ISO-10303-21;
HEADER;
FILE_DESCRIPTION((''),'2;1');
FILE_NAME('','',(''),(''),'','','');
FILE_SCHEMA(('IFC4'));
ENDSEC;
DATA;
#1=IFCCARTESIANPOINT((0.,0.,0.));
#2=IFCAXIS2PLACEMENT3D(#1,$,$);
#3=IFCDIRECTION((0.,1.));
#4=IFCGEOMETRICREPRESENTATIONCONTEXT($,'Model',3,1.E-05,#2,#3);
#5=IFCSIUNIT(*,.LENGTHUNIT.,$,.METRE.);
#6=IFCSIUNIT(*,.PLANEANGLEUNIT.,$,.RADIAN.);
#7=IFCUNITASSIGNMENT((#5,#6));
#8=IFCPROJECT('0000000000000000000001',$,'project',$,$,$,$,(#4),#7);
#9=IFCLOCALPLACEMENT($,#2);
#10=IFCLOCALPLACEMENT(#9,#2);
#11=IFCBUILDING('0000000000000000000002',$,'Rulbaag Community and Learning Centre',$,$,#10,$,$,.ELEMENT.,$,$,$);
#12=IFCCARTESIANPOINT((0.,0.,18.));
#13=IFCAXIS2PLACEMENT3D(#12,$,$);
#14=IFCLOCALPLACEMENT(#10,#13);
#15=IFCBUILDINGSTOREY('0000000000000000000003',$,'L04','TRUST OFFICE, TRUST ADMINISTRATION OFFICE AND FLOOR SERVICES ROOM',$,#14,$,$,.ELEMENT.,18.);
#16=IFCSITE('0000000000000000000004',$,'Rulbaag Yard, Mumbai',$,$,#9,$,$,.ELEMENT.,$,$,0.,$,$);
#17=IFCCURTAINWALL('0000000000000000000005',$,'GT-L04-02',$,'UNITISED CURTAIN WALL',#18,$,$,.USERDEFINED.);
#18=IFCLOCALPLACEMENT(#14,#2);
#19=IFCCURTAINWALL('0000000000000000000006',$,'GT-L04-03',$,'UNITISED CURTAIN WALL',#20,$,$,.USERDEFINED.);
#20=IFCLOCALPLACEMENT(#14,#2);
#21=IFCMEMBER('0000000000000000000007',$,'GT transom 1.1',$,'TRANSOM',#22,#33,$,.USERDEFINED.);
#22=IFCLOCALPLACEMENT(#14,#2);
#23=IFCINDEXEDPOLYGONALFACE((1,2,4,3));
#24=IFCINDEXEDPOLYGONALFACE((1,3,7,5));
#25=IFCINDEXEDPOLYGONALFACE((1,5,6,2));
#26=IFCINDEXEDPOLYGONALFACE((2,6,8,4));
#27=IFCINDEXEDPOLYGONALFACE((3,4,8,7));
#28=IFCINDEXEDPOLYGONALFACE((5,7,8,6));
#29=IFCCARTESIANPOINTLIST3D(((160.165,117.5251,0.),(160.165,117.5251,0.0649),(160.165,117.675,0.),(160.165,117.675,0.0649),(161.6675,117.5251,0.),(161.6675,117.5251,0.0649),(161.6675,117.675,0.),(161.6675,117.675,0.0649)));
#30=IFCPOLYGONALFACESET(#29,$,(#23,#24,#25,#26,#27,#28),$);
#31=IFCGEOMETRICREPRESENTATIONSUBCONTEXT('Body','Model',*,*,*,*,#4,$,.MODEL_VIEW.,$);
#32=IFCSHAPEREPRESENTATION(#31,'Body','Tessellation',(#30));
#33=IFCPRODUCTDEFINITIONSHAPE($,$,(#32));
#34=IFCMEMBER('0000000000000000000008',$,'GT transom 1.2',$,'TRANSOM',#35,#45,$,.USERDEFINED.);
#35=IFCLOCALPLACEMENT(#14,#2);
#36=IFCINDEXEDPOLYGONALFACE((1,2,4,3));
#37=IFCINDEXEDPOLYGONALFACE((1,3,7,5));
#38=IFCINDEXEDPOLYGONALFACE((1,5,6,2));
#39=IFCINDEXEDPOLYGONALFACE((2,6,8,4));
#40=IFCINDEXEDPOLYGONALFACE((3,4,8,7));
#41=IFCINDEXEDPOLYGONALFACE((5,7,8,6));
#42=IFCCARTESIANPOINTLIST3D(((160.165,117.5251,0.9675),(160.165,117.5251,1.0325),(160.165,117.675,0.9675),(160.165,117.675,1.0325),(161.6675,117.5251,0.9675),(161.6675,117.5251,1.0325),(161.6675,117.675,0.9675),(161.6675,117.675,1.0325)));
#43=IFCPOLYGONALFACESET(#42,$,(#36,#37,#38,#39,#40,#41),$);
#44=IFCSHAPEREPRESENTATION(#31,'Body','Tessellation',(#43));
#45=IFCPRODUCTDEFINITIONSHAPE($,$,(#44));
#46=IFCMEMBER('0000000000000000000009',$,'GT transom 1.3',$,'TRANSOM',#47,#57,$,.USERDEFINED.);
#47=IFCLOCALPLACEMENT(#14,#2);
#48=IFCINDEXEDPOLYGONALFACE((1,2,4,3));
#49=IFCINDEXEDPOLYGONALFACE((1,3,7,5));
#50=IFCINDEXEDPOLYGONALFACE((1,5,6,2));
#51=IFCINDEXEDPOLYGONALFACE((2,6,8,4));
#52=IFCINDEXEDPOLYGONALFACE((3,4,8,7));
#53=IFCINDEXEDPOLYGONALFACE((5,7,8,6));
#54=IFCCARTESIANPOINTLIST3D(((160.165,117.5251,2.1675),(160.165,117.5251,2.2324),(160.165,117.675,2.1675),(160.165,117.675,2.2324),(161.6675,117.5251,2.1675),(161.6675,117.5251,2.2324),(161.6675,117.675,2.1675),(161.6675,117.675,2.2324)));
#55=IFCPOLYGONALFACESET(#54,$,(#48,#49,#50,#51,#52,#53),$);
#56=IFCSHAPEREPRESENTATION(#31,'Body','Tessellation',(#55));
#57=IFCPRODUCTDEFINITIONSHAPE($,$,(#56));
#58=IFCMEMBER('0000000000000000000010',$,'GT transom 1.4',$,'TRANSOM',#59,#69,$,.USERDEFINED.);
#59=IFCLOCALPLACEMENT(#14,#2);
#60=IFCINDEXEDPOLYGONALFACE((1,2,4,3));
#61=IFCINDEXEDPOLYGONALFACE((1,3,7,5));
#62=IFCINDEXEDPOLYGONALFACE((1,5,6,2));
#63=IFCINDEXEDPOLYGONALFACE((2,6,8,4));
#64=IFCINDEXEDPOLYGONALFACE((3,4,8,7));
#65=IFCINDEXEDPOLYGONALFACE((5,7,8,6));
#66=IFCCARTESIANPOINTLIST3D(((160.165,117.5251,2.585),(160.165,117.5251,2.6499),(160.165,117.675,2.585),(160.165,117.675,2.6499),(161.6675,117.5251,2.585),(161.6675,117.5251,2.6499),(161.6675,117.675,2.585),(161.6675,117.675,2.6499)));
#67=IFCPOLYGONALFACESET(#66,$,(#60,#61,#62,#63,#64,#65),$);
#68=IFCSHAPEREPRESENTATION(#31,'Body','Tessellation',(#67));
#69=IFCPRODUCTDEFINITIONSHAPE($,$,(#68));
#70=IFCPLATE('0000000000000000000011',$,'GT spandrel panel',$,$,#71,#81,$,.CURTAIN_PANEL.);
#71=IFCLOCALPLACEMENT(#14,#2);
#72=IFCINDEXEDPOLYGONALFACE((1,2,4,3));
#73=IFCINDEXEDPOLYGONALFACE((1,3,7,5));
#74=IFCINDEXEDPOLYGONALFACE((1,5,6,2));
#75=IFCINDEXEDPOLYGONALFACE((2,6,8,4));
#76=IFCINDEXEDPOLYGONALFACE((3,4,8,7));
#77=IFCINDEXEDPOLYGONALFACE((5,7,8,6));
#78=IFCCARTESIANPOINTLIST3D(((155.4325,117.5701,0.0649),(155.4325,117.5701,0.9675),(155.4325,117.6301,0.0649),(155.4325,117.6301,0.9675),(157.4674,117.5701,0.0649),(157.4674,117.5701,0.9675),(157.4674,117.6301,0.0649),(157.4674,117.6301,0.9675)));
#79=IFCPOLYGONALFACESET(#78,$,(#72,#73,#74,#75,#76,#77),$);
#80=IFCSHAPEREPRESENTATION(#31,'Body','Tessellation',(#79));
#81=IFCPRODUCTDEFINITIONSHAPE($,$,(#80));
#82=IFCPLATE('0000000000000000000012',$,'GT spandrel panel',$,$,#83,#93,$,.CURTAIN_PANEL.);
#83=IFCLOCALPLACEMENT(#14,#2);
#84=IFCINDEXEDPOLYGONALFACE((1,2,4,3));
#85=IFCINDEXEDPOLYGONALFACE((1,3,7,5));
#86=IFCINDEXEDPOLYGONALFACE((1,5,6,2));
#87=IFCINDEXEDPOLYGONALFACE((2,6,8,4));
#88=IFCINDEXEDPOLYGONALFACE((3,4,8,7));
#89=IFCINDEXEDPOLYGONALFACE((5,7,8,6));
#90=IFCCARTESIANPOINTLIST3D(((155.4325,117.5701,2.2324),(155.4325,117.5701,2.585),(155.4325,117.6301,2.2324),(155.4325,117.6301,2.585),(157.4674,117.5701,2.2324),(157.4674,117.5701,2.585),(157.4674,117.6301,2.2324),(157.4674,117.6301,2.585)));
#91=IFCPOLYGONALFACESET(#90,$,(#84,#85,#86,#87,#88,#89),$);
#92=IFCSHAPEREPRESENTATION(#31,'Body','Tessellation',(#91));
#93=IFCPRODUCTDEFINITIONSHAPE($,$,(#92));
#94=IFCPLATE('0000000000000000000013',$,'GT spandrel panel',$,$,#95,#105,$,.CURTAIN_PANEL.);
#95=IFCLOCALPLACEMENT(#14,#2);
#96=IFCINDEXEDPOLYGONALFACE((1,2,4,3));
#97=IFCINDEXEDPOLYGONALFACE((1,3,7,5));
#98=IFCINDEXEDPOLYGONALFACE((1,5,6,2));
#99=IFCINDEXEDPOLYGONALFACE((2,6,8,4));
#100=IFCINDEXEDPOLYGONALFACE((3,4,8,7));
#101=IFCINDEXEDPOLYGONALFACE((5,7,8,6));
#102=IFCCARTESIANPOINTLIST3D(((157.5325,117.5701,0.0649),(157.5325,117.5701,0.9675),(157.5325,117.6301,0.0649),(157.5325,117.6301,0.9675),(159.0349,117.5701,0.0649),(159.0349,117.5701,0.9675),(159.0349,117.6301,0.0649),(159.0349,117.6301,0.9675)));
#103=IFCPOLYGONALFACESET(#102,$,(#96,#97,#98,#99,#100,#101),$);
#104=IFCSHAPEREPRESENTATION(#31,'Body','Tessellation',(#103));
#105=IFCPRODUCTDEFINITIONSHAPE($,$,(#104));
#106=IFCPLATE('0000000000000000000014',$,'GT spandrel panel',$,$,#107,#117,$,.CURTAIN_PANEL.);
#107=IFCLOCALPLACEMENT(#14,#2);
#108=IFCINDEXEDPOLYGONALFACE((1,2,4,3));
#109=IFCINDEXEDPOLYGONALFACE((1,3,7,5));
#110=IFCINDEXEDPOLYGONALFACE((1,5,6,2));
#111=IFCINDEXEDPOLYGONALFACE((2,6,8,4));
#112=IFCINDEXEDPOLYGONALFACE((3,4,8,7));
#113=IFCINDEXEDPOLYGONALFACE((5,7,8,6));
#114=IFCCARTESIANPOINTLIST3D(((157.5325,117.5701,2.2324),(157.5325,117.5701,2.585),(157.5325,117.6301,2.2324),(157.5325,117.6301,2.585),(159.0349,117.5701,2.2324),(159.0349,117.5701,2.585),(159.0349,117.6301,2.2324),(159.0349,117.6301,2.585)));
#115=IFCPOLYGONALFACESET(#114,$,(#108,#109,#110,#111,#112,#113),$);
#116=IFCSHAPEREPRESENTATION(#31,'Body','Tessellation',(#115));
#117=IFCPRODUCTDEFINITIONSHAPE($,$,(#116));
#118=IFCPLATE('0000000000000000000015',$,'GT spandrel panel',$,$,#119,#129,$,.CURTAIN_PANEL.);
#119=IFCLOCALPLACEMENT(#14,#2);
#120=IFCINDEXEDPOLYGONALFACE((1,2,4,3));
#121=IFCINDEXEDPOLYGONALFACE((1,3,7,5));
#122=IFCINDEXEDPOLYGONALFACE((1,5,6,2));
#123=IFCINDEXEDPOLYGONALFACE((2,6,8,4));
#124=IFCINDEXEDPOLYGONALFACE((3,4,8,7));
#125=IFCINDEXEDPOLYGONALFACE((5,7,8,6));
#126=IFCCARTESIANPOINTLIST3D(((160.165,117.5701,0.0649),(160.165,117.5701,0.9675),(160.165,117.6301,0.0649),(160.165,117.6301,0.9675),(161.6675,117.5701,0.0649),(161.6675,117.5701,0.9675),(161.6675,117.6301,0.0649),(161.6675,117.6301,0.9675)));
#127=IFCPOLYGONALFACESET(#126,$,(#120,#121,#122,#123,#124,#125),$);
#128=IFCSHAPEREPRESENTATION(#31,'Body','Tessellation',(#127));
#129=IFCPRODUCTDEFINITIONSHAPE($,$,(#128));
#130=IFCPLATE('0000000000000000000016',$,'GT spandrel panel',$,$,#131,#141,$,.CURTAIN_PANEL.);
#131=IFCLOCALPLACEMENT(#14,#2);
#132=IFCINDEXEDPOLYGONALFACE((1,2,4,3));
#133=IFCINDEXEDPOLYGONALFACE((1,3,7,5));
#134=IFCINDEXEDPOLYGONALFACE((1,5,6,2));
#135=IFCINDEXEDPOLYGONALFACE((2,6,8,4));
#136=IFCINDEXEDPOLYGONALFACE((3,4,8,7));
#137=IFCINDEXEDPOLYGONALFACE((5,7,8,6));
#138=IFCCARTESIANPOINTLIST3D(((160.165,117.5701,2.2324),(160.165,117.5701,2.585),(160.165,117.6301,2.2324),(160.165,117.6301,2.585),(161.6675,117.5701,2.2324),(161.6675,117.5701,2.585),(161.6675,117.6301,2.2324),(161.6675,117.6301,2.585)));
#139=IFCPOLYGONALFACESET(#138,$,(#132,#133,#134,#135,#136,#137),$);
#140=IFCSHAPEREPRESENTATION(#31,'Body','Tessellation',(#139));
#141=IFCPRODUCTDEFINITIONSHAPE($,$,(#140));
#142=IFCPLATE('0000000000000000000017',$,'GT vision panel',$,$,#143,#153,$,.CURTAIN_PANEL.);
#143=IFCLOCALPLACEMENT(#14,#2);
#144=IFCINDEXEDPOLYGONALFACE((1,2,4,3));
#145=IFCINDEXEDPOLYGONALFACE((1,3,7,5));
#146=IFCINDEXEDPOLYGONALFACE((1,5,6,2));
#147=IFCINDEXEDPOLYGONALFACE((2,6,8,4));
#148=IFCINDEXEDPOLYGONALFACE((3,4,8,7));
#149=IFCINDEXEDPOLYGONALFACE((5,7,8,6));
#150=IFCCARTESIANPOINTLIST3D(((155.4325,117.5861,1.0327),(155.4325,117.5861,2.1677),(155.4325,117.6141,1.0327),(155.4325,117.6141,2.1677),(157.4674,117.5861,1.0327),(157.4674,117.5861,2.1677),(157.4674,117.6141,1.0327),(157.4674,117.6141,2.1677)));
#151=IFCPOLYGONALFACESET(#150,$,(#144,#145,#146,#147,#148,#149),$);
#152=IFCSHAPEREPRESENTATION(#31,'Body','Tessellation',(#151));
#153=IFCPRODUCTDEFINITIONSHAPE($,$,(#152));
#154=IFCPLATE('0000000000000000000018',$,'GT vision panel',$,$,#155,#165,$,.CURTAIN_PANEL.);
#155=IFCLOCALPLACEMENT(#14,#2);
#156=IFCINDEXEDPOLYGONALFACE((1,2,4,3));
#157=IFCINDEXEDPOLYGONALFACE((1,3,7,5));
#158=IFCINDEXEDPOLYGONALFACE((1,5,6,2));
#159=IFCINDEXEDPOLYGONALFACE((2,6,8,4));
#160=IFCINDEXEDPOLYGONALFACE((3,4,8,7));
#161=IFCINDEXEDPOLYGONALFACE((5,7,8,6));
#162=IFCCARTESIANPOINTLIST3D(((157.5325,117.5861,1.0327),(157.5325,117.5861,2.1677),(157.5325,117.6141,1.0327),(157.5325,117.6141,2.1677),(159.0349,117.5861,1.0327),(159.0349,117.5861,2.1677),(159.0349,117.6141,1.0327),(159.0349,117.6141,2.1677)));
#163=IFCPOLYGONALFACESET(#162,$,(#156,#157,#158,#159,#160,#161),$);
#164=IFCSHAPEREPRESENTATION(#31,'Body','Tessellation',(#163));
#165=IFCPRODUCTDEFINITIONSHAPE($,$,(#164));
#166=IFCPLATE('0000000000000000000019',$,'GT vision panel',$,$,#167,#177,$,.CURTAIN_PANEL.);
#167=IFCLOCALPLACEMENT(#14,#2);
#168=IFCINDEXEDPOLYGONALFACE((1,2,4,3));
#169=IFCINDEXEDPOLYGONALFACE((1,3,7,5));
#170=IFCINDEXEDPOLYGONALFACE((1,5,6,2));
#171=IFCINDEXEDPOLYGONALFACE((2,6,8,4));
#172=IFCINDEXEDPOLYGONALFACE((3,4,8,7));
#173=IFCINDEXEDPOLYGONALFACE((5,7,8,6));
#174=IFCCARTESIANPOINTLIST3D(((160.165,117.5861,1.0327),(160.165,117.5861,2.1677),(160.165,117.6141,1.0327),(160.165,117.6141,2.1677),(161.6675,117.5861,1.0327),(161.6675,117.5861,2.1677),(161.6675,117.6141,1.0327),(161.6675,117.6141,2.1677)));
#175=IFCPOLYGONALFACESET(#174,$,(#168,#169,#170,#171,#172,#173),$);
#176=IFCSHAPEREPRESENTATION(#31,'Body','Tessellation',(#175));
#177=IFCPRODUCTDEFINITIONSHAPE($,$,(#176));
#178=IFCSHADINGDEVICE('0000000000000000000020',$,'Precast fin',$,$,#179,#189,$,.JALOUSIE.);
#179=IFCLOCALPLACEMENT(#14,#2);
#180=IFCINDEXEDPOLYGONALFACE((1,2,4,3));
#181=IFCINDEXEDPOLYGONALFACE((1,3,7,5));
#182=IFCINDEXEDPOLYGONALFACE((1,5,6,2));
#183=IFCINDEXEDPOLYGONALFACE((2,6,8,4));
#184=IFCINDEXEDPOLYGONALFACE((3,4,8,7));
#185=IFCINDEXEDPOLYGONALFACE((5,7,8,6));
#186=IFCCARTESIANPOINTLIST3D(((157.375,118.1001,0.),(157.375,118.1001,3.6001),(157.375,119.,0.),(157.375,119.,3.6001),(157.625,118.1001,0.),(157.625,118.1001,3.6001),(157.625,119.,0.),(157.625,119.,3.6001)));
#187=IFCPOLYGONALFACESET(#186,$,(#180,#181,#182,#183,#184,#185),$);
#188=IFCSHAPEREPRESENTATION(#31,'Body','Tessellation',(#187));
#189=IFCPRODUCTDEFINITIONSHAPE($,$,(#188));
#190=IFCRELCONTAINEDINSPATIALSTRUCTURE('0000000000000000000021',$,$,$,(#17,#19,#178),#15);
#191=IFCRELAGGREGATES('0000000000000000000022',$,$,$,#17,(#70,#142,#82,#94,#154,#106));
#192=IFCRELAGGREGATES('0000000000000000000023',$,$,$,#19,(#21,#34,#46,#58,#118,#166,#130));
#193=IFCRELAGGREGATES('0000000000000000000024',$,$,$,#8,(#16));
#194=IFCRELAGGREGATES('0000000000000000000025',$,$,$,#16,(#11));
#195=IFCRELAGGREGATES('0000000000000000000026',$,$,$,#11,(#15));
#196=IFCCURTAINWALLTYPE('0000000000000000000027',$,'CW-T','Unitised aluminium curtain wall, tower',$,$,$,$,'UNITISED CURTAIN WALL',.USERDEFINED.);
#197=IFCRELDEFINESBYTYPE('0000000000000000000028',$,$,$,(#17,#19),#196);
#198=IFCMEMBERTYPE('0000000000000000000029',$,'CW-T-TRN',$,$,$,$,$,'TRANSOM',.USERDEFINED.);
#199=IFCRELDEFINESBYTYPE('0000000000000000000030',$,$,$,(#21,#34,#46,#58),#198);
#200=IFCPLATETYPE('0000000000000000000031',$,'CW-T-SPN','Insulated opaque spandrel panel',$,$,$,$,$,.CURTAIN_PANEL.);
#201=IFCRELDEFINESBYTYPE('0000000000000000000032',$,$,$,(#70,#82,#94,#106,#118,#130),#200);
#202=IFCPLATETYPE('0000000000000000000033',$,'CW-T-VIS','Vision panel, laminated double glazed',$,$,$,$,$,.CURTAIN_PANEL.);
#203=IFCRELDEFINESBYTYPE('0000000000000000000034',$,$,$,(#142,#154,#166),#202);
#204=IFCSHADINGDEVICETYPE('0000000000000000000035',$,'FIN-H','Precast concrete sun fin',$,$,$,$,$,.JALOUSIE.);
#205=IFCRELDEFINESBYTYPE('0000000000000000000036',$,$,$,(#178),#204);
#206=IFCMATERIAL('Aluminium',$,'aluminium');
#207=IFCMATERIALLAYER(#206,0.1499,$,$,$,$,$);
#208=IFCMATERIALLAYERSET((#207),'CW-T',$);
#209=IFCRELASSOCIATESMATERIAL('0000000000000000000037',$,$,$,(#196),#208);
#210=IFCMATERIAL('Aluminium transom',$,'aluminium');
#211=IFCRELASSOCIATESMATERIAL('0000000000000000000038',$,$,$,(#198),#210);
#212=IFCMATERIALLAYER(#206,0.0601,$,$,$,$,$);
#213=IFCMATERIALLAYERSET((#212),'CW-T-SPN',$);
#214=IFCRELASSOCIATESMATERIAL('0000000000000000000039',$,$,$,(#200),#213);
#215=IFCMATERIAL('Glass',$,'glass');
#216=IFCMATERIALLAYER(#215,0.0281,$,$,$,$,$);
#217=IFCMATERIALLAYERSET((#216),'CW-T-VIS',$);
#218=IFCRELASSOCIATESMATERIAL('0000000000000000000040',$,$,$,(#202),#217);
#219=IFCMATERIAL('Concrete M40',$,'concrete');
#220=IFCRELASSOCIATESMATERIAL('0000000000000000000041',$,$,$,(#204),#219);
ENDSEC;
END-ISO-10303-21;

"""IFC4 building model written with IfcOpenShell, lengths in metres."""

from ifc_helpers import new_model, si_unit, direction, frame, origin, origin_2d, place, context, subcontext, project, spatial, rectangle, extrude, material, layer, layer_set, material_profile, profile_set, type_object, element, aggregate, save


model = new_model("IFC4")

# Units and contexts
model_context = context("Model", 3, precision=1e-05, world=origin(), true_north=direction((0.0, 1.0)))
body_context = subcontext(model_context, "Body", "Model", "MODEL_VIEW")
ifc_project = project(units=[si_unit("LENGTHUNIT", "METRE"), si_unit("PLANEANGLEUNIT", "RADIAN")], contexts=[model_context])

# Site, building, storey
site_placement = place(None, origin())
site = spatial("IfcSite", under=ifc_project, at=site_placement, Name="Rulbaag Yard, Mumbai", CompositionType="ELEMENT", RefElevation=0.0)
building_placement = place(site_placement, origin())
building = spatial("IfcBuilding", under=site, at=building_placement, Name="Rulbaag Community and Learning Centre", CompositionType="ELEMENT")
storey_placement = place(building_placement, frame((0.0, 0.0, 18.0)))
storey = spatial("IfcBuildingStorey", under=building, at=storey_placement, Name="L04", Description="TRUST OFFICE, TRUST ADMINISTRATION OFFICE AND FLOOR SERVICES ROOM", CompositionType="ELEMENT", Elevation=18.0)

# Shared definitions
ifc_material_1 = material(Name="Concrete M40", Category="concrete")

# Curtain walls
ifc_material_2 = material(Name="Aluminium", Category="aluminium")
ifc_layer_1 = layer(ifc_material_2, 0.1499)
ifc_layer_set_1 = layer_set([ifc_layer_1], Name="CW-T")
curtain_wall_type = type_object("IfcCurtainWallType", Name="CW-T", Description="Unitised aluminium curtain wall, tower", ElementType="UNITISED CURTAIN WALL", PredefinedType="USERDEFINED", material=ifc_layer_set_1)
curtain_wall_1_placement = place(storey_placement, origin())
curtain_wall_1 = element("IfcCurtainWall", 1, at=curtain_wall_1_placement, inside=storey, type_object=curtain_wall_type, Name="GT-L04-02", ObjectType="UNITISED CURTAIN WALL", PredefinedType="USERDEFINED")
curtain_wall_2_placement = place(storey_placement, origin())
curtain_wall_2 = element("IfcCurtainWall", 2, at=curtain_wall_2_placement, inside=storey, type_object=curtain_wall_type, Name="GT-L04-03", ObjectType="UNITISED CURTAIN WALL", PredefinedType="USERDEFINED")

# Members
ifc_material_3 = material(Name="Aluminium transom", Category="aluminium")
ifc_material_profile_1 = material_profile(ifc_material_3, rectangle(XDim=0.1499, YDim=0.0649, at=origin_2d()), Name="AL 65x150 T")
ifc_profile_set_1 = profile_set([ifc_material_profile_1], Name="Aluminium transom")
member_type_1 = type_object("IfcMemberType", Name="CW-T-TRN", ElementType="TRANSOM", PredefinedType="USERDEFINED", material=ifc_profile_set_1)
member_1_placement = place(storey_placement, frame((160.165, 117.6001, 0.0325), z_axis=(1.0, 0.0, 0.0), x_axis=(0.0, 1.0, 0.0)))
member_1 = element("IfcMember", 3, at=member_1_placement, type_object=member_type_1, Name="GT transom 1.1", ObjectType="TRANSOM", PredefinedType="USERDEFINED", context=body_context, shape_type="SweptSolid", body=[
    extrude(rectangle(XDim=0.1499, YDim=0.0649, at=origin_2d()), origin(), (0.0, 0.0, 1.0), 1.5024),
])
member_2_placement = place(storey_placement, frame((160.165, 117.6001, 1.0), z_axis=(1.0, 0.0, 0.0), x_axis=(0.0, 1.0, 0.0)))
member_2 = element("IfcMember", 4, at=member_2_placement, type_object=member_type_1, Name="GT transom 1.2", ObjectType="TRANSOM", PredefinedType="USERDEFINED", context=body_context, shape_type="SweptSolid", body=[
    extrude(rectangle(XDim=0.1499, YDim=0.0649, at=origin_2d()), origin(), (0.0, 0.0, 1.0), 1.5024),
])
member_3_placement = place(storey_placement, frame((160.165, 117.6001, 2.2), z_axis=(1.0, 0.0, 0.0), x_axis=(0.0, 1.0, 0.0)))
member_3 = element("IfcMember", 5, at=member_3_placement, type_object=member_type_1, Name="GT transom 1.3", ObjectType="TRANSOM", PredefinedType="USERDEFINED", context=body_context, shape_type="SweptSolid", body=[
    extrude(rectangle(XDim=0.1499, YDim=0.0649, at=origin_2d()), origin(), (0.0, 0.0, 1.0), 1.5024),
])
member_4_placement = place(storey_placement, frame((160.165, 117.6001, 2.6174), z_axis=(1.0, 0.0, 0.0), x_axis=(0.0, 1.0, 0.0)))
member_4 = element("IfcMember", 6, at=member_4_placement, type_object=member_type_1, Name="GT transom 1.4", ObjectType="TRANSOM", PredefinedType="USERDEFINED", context=body_context, shape_type="SweptSolid", body=[
    extrude(rectangle(XDim=0.1499, YDim=0.0649, at=origin_2d()), origin(), (0.0, 0.0, 1.0), 1.5024),
])

# Plates
ifc_layer_2 = layer(ifc_material_2, 0.0601)
ifc_layer_set_2 = layer_set([ifc_layer_2], Name="CW-T-SPN")
plate_type_1 = type_object("IfcPlateType", Name="CW-T-SPN", Description="Insulated opaque spandrel panel", PredefinedType="CURTAIN_PANEL", material=ifc_layer_set_2)
plate_1_placement = place(storey_placement, frame((156.45, 117.6001, 0.0649), z_axis=(0.0, 0.0, 1.0), x_axis=(1.0, 0.0, 0.0)))
plate_1 = element("IfcPlate", 7, at=plate_1_placement, type_object=plate_type_1, Name="GT spandrel panel", PredefinedType="CURTAIN_PANEL", context=body_context, shape_type="SweptSolid", body=[
    extrude(rectangle(XDim=2.0349, YDim=0.0601, at=origin_2d()), origin(), (0.0, 0.0, 1.0), 0.9026),
])
plate_2_placement = place(storey_placement, frame((156.45, 117.6001, 2.2324), z_axis=(0.0, 0.0, 1.0), x_axis=(1.0, 0.0, 0.0)))
plate_2 = element("IfcPlate", 8, at=plate_2_placement, type_object=plate_type_1, Name="GT spandrel panel", PredefinedType="CURTAIN_PANEL", context=body_context, shape_type="SweptSolid", body=[
    extrude(rectangle(XDim=2.0349, YDim=0.0601, at=origin_2d()), origin(), (0.0, 0.0, 1.0), 0.3525),
])
plate_3_placement = place(storey_placement, frame((158.2837, 117.6001, 0.0649), z_axis=(0.0, 0.0, 1.0), x_axis=(1.0, 0.0, 0.0)))
plate_3 = element("IfcPlate", 9, at=plate_3_placement, type_object=plate_type_1, Name="GT spandrel panel", PredefinedType="CURTAIN_PANEL", context=body_context, shape_type="SweptSolid", body=[
    extrude(rectangle(XDim=1.5024, YDim=0.0601, at=origin_2d()), origin(), (0.0, 0.0, 1.0), 0.9026),
])
plate_4_placement = place(storey_placement, frame((158.2837, 117.6001, 2.2324), z_axis=(0.0, 0.0, 1.0), x_axis=(1.0, 0.0, 0.0)))
plate_4 = element("IfcPlate", 10, at=plate_4_placement, type_object=plate_type_1, Name="GT spandrel panel", PredefinedType="CURTAIN_PANEL", context=body_context, shape_type="SweptSolid", body=[
    extrude(rectangle(XDim=1.5024, YDim=0.0601, at=origin_2d()), origin(), (0.0, 0.0, 1.0), 0.3525),
])
plate_5_placement = place(storey_placement, frame((160.9163, 117.6001, 0.0649), z_axis=(0.0, 0.0, 1.0), x_axis=(1.0, 0.0, 0.0)))
plate_5 = element("IfcPlate", 11, at=plate_5_placement, type_object=plate_type_1, Name="GT spandrel panel", PredefinedType="CURTAIN_PANEL", context=body_context, shape_type="SweptSolid", body=[
    extrude(rectangle(XDim=1.5024, YDim=0.0601, at=origin_2d()), origin(), (0.0, 0.0, 1.0), 0.9026),
])
plate_6_placement = place(storey_placement, frame((160.9163, 117.6001, 2.2324), z_axis=(0.0, 0.0, 1.0), x_axis=(1.0, 0.0, 0.0)))
plate_6 = element("IfcPlate", 12, at=plate_6_placement, type_object=plate_type_1, Name="GT spandrel panel", PredefinedType="CURTAIN_PANEL", context=body_context, shape_type="SweptSolid", body=[
    extrude(rectangle(XDim=1.5024, YDim=0.0601, at=origin_2d()), origin(), (0.0, 0.0, 1.0), 0.3525),
])
ifc_material_4 = material(Name="Glass", Category="glass")
ifc_layer_3 = layer(ifc_material_4, 0.0281)
ifc_layer_set_3 = layer_set([ifc_layer_3], Name="CW-T-VIS")
plate_type_2 = type_object("IfcPlateType", Name="CW-T-VIS", Description="Vision panel, laminated double glazed", PredefinedType="CURTAIN_PANEL", material=ifc_layer_set_3)
plate_7_placement = place(storey_placement, frame((156.45, 117.6001, 1.0327), z_axis=(0.0, 0.0, 1.0), x_axis=(1.0, 0.0, 0.0)))
plate_7 = element("IfcPlate", 13, at=plate_7_placement, type_object=plate_type_2, Name="GT vision panel", PredefinedType="CURTAIN_PANEL", context=body_context, shape_type="SweptSolid", body=[
    extrude(rectangle(XDim=2.0349, YDim=0.0281, at=origin_2d()), origin(), (0.0, 0.0, 1.0), 1.135),
])
plate_8_placement = place(storey_placement, frame((158.2837, 117.6001, 1.0327), z_axis=(0.0, 0.0, 1.0), x_axis=(1.0, 0.0, 0.0)))
plate_8 = element("IfcPlate", 14, at=plate_8_placement, type_object=plate_type_2, Name="GT vision panel", PredefinedType="CURTAIN_PANEL", context=body_context, shape_type="SweptSolid", body=[
    extrude(rectangle(XDim=1.5024, YDim=0.0281, at=origin_2d()), origin(), (0.0, 0.0, 1.0), 1.135),
])
aggregate(curtain_wall_1, [plate_1, plate_7, plate_2, plate_3, plate_8, plate_4])
plate_9_placement = place(storey_placement, frame((160.9163, 117.6001, 1.0327), z_axis=(0.0, 0.0, 1.0), x_axis=(1.0, 0.0, 0.0)))
plate_9 = element("IfcPlate", 15, at=plate_9_placement, type_object=plate_type_2, Name="GT vision panel", PredefinedType="CURTAIN_PANEL", context=body_context, shape_type="SweptSolid", body=[
    extrude(rectangle(XDim=1.5024, YDim=0.0281, at=origin_2d()), origin(), (0.0, 0.0, 1.0), 1.135),
])
aggregate(curtain_wall_2, [member_1, member_2, member_3, member_4, plate_5, plate_9, plate_6])

# Shading device
ifc_material_profile_2 = material_profile(ifc_material_1, rectangle(XDim=0.25, YDim=0.8999, at=origin_2d()), Name="PC 250x900")
ifc_profile_set_2 = profile_set([ifc_material_profile_2], Name="Concrete M40")
shading_device_type = type_object("IfcShadingDeviceType", Name="FIN-H", Description="Precast concrete sun fin", PredefinedType="JALOUSIE", material=ifc_profile_set_2)
for number, where, z_axis, x_axis, name in (
    (16, (157.5, 118.55, 0.0), (0.0, 0.0, 1.0), (1.0, 0.0, 0.0), "Precast fin"),
):
    element("IfcShadingDevice", number, at=place(storey_placement, frame(where, z_axis=z_axis, x_axis=x_axis)), inside=storey, type_object=shading_device_type, Name=name, PredefinedType="JALOUSIE", context=body_context, shape_type="SweptSolid", body=[
        extrude(rectangle(XDim=0.25, YDim=0.8999, at=origin_2d()), origin(), (0.0, 0.0, 1.0), 3.6001),
    ])

save(model, "model.ifc")
